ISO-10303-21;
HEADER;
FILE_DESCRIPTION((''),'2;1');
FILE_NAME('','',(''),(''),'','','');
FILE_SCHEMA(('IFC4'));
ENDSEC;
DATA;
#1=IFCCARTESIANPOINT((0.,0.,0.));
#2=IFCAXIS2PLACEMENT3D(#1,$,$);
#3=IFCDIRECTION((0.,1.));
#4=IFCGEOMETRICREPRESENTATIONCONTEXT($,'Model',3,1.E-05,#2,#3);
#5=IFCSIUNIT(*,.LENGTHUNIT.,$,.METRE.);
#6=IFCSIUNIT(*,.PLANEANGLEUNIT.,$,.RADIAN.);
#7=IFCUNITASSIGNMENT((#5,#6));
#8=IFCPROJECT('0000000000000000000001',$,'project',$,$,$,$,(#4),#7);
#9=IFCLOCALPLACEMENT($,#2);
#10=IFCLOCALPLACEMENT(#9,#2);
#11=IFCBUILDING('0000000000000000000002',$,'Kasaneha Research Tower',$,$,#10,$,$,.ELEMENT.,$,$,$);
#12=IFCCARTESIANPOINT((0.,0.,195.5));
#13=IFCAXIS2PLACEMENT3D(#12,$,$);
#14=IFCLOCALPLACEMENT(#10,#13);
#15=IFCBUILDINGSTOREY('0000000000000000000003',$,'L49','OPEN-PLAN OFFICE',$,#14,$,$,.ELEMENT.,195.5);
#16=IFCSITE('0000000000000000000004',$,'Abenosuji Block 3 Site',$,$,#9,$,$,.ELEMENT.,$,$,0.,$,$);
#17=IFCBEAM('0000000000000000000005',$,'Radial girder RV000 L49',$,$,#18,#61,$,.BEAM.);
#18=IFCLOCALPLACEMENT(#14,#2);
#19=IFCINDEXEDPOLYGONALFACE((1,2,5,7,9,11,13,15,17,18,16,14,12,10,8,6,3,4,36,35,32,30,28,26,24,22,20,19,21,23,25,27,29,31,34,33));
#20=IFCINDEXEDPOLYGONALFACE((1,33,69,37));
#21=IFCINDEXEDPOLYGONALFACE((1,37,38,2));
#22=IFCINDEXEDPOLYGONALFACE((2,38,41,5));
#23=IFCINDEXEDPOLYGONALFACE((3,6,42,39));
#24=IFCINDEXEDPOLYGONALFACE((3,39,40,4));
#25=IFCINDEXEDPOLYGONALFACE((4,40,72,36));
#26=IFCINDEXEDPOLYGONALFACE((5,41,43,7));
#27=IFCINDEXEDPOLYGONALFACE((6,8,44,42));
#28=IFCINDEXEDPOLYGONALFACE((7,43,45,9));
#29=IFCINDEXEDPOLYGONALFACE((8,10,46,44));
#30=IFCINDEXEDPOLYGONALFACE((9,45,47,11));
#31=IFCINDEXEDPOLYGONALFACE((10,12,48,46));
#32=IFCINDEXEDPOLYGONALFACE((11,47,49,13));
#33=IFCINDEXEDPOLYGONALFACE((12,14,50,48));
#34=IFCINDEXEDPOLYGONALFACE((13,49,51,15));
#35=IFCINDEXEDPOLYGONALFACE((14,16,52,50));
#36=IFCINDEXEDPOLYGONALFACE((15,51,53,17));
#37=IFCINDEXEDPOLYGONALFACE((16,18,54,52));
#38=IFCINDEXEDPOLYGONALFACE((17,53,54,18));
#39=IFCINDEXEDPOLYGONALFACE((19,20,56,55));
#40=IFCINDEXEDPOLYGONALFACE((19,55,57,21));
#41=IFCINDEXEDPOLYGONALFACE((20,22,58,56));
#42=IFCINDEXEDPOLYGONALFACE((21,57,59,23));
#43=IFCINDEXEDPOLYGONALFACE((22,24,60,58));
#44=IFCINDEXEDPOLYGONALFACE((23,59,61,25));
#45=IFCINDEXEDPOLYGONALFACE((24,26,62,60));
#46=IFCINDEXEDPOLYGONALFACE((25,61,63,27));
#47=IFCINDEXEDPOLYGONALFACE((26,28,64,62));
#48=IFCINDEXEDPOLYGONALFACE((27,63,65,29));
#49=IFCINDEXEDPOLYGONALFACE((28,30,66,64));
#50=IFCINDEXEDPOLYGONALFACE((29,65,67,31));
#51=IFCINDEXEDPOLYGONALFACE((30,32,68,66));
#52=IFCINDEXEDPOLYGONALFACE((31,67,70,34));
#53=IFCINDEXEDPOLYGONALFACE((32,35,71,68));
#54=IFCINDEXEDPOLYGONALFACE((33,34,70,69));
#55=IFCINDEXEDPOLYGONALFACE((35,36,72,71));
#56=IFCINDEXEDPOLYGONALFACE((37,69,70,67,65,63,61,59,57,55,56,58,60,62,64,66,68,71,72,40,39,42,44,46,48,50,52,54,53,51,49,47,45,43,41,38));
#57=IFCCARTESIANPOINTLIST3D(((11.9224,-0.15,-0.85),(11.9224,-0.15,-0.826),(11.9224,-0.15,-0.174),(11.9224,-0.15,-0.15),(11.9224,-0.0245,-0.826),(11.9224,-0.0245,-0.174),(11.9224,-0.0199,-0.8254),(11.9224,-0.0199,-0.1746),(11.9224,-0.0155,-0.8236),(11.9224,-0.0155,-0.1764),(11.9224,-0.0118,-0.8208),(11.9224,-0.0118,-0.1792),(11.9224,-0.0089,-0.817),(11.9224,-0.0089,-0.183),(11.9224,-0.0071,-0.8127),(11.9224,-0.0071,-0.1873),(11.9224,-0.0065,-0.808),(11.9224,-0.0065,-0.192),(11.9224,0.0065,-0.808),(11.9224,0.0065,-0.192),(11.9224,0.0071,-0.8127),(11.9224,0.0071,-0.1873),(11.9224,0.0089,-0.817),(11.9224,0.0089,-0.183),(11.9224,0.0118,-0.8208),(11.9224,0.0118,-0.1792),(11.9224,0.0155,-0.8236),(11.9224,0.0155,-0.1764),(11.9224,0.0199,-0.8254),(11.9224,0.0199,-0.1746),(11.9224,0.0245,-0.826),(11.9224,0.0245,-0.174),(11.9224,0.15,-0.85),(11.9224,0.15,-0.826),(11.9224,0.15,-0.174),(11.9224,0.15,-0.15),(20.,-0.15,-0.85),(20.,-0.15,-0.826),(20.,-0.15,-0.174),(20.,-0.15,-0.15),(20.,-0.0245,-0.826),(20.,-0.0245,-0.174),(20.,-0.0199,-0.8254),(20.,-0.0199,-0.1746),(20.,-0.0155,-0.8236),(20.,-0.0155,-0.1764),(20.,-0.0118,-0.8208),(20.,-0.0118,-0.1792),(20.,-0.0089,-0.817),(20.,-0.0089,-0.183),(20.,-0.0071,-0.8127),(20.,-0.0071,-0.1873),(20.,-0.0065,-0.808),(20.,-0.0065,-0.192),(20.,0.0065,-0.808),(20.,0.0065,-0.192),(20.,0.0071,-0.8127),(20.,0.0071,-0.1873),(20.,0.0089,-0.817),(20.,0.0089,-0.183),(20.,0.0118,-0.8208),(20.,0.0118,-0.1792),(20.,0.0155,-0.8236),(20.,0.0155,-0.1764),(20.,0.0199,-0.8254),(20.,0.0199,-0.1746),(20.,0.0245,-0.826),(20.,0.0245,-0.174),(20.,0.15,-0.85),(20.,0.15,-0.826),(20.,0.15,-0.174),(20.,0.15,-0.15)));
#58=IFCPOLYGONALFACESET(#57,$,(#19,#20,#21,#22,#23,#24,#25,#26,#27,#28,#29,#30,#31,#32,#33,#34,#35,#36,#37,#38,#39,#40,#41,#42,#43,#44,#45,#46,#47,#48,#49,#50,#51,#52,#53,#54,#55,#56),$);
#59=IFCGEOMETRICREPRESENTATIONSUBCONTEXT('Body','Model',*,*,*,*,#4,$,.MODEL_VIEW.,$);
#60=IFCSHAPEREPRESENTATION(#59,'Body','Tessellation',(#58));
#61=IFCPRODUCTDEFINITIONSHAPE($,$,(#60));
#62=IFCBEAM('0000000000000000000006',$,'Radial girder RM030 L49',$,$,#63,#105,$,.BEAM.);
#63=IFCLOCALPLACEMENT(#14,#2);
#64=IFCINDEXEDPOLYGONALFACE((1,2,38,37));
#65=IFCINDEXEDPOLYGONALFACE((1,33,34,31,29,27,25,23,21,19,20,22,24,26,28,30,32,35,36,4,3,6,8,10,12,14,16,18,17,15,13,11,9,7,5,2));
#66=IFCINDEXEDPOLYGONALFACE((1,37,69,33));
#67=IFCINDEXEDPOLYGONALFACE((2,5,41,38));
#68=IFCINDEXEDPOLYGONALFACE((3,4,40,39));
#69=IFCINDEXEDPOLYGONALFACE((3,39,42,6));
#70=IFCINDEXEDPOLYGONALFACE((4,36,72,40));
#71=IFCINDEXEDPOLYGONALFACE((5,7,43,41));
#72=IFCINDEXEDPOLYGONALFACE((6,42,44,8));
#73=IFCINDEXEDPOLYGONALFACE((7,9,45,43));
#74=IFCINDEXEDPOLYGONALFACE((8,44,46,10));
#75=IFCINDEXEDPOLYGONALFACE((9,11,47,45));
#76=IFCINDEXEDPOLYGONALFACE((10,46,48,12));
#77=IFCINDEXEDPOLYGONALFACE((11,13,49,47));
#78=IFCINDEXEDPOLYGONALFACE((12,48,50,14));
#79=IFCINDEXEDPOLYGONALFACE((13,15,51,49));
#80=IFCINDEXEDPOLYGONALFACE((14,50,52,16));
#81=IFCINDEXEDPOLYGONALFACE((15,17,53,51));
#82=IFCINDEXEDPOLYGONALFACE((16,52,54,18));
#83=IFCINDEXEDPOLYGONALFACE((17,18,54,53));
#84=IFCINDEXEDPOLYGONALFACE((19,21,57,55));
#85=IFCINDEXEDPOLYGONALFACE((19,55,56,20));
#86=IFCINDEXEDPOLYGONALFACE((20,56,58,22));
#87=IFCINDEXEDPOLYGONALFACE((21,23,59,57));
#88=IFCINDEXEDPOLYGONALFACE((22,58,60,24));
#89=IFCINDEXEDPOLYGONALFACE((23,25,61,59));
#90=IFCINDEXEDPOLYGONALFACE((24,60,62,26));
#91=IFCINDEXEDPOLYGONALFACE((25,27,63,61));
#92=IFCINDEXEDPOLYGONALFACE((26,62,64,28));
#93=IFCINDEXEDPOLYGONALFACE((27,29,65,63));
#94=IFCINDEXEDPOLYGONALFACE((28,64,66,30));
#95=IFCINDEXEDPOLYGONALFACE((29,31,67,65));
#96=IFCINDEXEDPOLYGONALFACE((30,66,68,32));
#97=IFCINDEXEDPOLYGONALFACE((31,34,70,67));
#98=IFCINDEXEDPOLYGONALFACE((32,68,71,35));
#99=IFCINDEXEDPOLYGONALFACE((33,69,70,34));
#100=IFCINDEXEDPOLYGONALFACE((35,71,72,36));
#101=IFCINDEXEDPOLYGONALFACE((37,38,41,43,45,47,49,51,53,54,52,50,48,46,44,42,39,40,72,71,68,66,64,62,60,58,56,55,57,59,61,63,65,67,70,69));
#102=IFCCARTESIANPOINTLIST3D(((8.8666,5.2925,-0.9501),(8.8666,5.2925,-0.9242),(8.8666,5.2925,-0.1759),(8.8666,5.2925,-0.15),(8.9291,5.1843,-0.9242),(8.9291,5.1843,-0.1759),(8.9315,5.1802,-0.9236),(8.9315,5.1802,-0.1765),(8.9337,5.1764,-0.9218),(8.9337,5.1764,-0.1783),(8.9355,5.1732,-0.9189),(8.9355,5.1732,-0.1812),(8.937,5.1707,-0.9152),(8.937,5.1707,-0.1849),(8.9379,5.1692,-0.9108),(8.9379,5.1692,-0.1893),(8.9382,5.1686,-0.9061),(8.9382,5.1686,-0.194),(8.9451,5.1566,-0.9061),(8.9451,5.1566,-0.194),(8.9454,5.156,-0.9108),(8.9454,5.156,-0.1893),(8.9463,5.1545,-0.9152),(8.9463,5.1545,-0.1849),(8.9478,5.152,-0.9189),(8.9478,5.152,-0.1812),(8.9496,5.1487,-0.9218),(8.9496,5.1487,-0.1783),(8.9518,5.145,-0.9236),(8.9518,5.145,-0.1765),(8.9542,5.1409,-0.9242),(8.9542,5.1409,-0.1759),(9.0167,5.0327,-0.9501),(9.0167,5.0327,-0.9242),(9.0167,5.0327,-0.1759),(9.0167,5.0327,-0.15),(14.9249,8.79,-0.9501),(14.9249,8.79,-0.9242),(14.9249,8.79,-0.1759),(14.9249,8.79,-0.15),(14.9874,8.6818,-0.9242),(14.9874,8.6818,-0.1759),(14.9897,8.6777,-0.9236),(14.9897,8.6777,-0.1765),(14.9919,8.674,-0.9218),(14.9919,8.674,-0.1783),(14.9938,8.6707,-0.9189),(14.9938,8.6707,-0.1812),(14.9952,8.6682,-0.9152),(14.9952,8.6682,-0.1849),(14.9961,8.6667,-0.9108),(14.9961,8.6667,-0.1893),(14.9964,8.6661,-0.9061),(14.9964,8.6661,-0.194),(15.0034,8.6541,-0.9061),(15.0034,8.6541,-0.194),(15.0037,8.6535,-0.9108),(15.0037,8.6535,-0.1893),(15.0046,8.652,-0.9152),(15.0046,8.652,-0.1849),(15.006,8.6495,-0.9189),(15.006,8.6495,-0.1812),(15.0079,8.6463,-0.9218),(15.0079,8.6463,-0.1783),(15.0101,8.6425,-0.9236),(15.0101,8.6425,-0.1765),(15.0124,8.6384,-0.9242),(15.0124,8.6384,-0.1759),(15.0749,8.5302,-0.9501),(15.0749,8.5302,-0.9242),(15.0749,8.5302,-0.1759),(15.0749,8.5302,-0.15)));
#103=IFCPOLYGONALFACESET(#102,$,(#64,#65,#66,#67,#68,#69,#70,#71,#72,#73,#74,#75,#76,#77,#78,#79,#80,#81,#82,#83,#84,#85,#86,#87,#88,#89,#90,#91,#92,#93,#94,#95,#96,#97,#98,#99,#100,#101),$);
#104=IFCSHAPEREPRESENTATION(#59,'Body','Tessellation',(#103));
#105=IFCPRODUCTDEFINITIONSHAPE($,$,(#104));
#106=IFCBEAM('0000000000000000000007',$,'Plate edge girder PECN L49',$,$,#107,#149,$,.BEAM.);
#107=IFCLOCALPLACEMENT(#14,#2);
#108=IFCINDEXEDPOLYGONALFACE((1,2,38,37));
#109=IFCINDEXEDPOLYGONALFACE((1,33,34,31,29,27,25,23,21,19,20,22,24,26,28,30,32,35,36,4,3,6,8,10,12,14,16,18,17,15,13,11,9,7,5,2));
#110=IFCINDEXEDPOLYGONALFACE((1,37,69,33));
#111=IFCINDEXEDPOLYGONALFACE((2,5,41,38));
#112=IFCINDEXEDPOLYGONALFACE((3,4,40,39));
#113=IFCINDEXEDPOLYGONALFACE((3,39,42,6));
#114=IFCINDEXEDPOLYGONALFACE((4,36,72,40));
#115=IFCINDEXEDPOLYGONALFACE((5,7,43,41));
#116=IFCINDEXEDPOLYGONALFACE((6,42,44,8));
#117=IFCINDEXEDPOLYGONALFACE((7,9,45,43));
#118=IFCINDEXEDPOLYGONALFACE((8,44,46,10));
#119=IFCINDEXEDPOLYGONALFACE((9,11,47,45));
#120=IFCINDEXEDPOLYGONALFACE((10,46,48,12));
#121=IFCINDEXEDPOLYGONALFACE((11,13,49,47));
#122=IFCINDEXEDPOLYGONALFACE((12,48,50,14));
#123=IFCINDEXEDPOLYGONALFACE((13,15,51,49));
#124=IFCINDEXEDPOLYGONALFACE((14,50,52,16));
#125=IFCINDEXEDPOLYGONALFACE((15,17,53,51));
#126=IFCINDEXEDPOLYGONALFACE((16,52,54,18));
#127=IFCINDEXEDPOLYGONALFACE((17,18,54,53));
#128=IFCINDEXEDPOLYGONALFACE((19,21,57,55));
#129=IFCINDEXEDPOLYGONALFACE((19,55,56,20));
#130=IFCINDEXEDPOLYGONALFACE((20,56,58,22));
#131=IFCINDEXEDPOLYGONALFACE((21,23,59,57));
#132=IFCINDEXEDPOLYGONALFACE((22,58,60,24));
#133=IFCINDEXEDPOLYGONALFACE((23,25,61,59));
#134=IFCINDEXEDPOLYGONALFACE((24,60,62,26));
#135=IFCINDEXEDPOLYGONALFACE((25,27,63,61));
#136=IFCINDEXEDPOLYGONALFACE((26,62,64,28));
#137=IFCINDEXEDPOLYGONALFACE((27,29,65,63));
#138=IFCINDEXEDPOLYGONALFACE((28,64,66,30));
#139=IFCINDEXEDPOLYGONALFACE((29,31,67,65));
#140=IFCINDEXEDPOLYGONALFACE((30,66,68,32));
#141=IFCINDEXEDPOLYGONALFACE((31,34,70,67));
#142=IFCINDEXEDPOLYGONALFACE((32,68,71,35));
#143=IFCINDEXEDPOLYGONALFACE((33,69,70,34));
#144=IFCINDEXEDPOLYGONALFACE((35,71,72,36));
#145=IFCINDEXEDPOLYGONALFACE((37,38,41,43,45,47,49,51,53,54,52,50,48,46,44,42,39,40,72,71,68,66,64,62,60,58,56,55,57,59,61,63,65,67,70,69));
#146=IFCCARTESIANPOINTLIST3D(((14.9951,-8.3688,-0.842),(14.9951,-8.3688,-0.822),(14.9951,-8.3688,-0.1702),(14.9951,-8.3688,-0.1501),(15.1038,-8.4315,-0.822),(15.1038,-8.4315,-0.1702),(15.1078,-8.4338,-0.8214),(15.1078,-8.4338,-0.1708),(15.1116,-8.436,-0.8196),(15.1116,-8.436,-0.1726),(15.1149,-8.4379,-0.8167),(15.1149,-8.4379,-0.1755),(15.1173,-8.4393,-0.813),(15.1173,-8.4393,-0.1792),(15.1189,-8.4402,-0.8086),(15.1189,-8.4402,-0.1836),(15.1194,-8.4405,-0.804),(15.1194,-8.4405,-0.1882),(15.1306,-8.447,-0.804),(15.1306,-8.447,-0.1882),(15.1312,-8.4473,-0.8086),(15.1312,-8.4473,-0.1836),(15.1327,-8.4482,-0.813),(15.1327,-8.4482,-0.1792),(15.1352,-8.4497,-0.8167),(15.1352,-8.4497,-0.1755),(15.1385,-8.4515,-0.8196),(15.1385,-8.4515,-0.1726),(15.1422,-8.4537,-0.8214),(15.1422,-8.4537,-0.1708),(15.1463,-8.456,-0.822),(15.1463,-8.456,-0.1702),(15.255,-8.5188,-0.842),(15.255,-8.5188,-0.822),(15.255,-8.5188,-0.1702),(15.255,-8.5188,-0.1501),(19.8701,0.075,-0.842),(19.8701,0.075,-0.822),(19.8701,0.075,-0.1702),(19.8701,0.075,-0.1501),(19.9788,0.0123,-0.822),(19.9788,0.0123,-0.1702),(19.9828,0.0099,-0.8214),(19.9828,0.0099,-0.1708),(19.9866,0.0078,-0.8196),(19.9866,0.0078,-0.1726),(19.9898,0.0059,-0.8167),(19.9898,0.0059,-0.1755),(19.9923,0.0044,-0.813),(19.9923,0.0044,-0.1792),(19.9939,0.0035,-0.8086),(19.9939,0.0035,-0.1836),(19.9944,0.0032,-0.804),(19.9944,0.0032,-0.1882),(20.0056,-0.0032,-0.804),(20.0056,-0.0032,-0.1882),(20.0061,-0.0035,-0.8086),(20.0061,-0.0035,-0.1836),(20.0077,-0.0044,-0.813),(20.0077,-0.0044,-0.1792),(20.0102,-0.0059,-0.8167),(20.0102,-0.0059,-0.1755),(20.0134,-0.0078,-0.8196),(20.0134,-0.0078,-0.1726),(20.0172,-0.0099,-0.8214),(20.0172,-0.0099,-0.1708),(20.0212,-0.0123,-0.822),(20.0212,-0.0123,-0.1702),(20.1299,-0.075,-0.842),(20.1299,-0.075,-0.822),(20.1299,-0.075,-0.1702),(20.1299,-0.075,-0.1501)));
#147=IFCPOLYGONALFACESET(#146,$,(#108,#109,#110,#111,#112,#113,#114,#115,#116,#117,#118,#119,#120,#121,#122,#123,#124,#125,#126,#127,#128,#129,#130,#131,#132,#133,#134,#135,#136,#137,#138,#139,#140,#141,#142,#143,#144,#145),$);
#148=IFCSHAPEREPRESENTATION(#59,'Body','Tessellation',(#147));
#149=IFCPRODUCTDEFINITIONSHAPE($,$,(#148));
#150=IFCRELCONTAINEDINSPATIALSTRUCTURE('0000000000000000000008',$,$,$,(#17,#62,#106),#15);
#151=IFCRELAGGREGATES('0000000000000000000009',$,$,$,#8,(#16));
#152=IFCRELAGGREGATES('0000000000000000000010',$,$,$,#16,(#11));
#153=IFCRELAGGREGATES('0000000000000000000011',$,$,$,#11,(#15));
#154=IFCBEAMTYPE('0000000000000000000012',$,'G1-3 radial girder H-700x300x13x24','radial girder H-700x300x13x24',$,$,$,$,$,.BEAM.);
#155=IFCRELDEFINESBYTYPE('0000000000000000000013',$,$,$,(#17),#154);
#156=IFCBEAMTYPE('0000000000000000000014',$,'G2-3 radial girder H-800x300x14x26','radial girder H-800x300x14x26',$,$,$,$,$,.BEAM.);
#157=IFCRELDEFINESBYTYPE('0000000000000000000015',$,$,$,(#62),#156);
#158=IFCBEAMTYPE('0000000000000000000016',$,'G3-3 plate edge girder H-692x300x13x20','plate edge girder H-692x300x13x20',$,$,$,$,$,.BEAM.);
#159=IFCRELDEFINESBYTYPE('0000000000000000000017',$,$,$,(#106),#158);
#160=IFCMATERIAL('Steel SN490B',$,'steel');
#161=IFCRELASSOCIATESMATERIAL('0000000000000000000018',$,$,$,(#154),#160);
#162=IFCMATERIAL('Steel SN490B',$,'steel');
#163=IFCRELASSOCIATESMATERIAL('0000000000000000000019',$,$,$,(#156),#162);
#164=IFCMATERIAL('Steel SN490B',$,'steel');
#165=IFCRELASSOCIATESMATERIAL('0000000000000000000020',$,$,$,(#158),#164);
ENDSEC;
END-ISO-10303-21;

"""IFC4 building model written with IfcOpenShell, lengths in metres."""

from ifc_helpers import new_model, si_unit, direction, frame, origin, origin_2d, place, context, subcontext, project, spatial, i_section, extrude, material, material_profile, profile_set, type_object, element, save


model = new_model("IFC4")

# Units and contexts
model_context = context("Model", 3, precision=1e-05, world=origin(), true_north=direction((0.0, 1.0)))
body_context = subcontext(model_context, "Body", "Model", "MODEL_VIEW")
ifc_project = project(units=[si_unit("LENGTHUNIT", "METRE"), si_unit("PLANEANGLEUNIT", "RADIAN")], contexts=[model_context])

# Site, building, storey
site_placement = place(None, origin())
site = spatial("IfcSite", under=ifc_project, at=site_placement, Name="Abenosuji Block 3 Site", CompositionType="ELEMENT", RefElevation=0.0)
building_placement = place(site_placement, origin())
building = spatial("IfcBuilding", under=site, at=building_placement, Name="Kasaneha Research Tower", CompositionType="ELEMENT")
storey_placement = place(building_placement, frame((0.0, 0.0, 195.5)))
storey = spatial("IfcBuildingStorey", under=building, at=storey_placement, Name="L49", Description="OPEN-PLAN OFFICE", CompositionType="ELEMENT", Elevation=195.5)

# Beams
ifc_material_1 = material(Name="Steel SN490B", Category="steel")
ifc_material_profile_1 = material_profile(ifc_material_1, i_section(OverallWidth=0.3, OverallDepth=0.7, WebThickness=0.0129, FlangeThickness=0.0239, FilletRadius=0.0181, at=origin_2d()), Name="H-700x300x13x24")
ifc_profile_set_1 = profile_set([ifc_material_profile_1], Name="Steel SN490B")
beam_type_1 = type_object("IfcBeamType", Name="G1-3 radial girder H-700x300x13x24", Description="radial girder H-700x300x13x24", PredefinedType="BEAM", material=ifc_profile_set_1)
beam_1_placement = place(storey_placement, frame((11.9224, 0.0, -0.5), z_axis=(1.0, 0.0, 0.0), x_axis=(0.0, 1.0, 0.0)))
element("IfcBeam", 1, at=beam_1_placement, inside=storey, type_object=beam_type_1, Name="Radial girder RV000 L49", PredefinedType="BEAM", context=body_context, shape_type="SweptSolid", body=[
    extrude(i_section(OverallWidth=0.3, OverallDepth=0.7, WebThickness=0.0129, FlangeThickness=0.0239, FilletRadius=0.0181, at=origin_2d()), origin(), (0.0, 0.0, 1.0), 8.0776),
])
ifc_material_2 = material(Name="Steel SN490B", Category="steel")
ifc_material_profile_2 = material_profile(ifc_material_2, i_section(OverallWidth=0.3, OverallDepth=0.8, WebThickness=0.0139, FlangeThickness=0.0259, FilletRadius=0.0181, at=origin_2d()), Name="H-800x300x14x26")
ifc_profile_set_2 = profile_set([ifc_material_profile_2], Name="Steel SN490B")
beam_type_2 = type_object("IfcBeamType", Name="G2-3 radial girder H-800x300x14x26", Description="radial girder H-800x300x14x26", PredefinedType="BEAM", material=ifc_profile_set_2)
beam_2_placement = place(storey_placement, frame((8.9417, 5.1626, -0.55), z_axis=(0.86604, 0.499975, 0.0), x_axis=(-0.499975, 0.86604, 0.0)))
element("IfcBeam", 2, at=beam_2_placement, inside=storey, type_object=beam_type_2, Name="Radial girder RM030 L49", PredefinedType="BEAM", context=body_context, shape_type="SweptSolid", body=[
    extrude(i_section(OverallWidth=0.3, OverallDepth=0.8, WebThickness=0.0139, FlangeThickness=0.0259, FilletRadius=0.0181, at=origin_2d()), origin(), (0.0, 0.0, 1.0), 6.9954),
])
ifc_material_3 = material(Name="Steel SN490B", Category="steel")
ifc_material_profile_3 = material_profile(ifc_material_3, i_section(OverallWidth=0.3, OverallDepth=0.6919, WebThickness=0.0129, FlangeThickness=0.02, FilletRadius=0.0181, at=origin_2d()), Name="H-692x300x13x20")
ifc_profile_set_3 = profile_set([ifc_material_profile_3], Name="Steel SN490B")
beam_type_3 = type_object("IfcBeamType", Name="G3-3 plate edge girder H-692x300x13x20", Description="plate edge girder H-692x300x13x20", PredefinedType="BEAM", material=ifc_profile_set_3)
beam_3_placement = place(storey_placement, frame((20.0, 0.0, -0.4961), z_axis=(-0.499996, -0.866028, 0.0), x_axis=(0.866028, -0.499996, 0.0)))
element("IfcBeam", 3, at=beam_3_placement, inside=storey, type_object=beam_type_3, Name="Plate edge girder PECN L49", PredefinedType="BEAM", context=body_context, shape_type="SweptSolid", body=[
    extrude(i_section(OverallWidth=0.3, OverallDepth=0.6919, WebThickness=0.0129, FlangeThickness=0.02, FilletRadius=0.0181, at=origin_2d()), origin(), (0.0, 0.0, 1.0), 9.75),
])

save(model, "model.ifc")
